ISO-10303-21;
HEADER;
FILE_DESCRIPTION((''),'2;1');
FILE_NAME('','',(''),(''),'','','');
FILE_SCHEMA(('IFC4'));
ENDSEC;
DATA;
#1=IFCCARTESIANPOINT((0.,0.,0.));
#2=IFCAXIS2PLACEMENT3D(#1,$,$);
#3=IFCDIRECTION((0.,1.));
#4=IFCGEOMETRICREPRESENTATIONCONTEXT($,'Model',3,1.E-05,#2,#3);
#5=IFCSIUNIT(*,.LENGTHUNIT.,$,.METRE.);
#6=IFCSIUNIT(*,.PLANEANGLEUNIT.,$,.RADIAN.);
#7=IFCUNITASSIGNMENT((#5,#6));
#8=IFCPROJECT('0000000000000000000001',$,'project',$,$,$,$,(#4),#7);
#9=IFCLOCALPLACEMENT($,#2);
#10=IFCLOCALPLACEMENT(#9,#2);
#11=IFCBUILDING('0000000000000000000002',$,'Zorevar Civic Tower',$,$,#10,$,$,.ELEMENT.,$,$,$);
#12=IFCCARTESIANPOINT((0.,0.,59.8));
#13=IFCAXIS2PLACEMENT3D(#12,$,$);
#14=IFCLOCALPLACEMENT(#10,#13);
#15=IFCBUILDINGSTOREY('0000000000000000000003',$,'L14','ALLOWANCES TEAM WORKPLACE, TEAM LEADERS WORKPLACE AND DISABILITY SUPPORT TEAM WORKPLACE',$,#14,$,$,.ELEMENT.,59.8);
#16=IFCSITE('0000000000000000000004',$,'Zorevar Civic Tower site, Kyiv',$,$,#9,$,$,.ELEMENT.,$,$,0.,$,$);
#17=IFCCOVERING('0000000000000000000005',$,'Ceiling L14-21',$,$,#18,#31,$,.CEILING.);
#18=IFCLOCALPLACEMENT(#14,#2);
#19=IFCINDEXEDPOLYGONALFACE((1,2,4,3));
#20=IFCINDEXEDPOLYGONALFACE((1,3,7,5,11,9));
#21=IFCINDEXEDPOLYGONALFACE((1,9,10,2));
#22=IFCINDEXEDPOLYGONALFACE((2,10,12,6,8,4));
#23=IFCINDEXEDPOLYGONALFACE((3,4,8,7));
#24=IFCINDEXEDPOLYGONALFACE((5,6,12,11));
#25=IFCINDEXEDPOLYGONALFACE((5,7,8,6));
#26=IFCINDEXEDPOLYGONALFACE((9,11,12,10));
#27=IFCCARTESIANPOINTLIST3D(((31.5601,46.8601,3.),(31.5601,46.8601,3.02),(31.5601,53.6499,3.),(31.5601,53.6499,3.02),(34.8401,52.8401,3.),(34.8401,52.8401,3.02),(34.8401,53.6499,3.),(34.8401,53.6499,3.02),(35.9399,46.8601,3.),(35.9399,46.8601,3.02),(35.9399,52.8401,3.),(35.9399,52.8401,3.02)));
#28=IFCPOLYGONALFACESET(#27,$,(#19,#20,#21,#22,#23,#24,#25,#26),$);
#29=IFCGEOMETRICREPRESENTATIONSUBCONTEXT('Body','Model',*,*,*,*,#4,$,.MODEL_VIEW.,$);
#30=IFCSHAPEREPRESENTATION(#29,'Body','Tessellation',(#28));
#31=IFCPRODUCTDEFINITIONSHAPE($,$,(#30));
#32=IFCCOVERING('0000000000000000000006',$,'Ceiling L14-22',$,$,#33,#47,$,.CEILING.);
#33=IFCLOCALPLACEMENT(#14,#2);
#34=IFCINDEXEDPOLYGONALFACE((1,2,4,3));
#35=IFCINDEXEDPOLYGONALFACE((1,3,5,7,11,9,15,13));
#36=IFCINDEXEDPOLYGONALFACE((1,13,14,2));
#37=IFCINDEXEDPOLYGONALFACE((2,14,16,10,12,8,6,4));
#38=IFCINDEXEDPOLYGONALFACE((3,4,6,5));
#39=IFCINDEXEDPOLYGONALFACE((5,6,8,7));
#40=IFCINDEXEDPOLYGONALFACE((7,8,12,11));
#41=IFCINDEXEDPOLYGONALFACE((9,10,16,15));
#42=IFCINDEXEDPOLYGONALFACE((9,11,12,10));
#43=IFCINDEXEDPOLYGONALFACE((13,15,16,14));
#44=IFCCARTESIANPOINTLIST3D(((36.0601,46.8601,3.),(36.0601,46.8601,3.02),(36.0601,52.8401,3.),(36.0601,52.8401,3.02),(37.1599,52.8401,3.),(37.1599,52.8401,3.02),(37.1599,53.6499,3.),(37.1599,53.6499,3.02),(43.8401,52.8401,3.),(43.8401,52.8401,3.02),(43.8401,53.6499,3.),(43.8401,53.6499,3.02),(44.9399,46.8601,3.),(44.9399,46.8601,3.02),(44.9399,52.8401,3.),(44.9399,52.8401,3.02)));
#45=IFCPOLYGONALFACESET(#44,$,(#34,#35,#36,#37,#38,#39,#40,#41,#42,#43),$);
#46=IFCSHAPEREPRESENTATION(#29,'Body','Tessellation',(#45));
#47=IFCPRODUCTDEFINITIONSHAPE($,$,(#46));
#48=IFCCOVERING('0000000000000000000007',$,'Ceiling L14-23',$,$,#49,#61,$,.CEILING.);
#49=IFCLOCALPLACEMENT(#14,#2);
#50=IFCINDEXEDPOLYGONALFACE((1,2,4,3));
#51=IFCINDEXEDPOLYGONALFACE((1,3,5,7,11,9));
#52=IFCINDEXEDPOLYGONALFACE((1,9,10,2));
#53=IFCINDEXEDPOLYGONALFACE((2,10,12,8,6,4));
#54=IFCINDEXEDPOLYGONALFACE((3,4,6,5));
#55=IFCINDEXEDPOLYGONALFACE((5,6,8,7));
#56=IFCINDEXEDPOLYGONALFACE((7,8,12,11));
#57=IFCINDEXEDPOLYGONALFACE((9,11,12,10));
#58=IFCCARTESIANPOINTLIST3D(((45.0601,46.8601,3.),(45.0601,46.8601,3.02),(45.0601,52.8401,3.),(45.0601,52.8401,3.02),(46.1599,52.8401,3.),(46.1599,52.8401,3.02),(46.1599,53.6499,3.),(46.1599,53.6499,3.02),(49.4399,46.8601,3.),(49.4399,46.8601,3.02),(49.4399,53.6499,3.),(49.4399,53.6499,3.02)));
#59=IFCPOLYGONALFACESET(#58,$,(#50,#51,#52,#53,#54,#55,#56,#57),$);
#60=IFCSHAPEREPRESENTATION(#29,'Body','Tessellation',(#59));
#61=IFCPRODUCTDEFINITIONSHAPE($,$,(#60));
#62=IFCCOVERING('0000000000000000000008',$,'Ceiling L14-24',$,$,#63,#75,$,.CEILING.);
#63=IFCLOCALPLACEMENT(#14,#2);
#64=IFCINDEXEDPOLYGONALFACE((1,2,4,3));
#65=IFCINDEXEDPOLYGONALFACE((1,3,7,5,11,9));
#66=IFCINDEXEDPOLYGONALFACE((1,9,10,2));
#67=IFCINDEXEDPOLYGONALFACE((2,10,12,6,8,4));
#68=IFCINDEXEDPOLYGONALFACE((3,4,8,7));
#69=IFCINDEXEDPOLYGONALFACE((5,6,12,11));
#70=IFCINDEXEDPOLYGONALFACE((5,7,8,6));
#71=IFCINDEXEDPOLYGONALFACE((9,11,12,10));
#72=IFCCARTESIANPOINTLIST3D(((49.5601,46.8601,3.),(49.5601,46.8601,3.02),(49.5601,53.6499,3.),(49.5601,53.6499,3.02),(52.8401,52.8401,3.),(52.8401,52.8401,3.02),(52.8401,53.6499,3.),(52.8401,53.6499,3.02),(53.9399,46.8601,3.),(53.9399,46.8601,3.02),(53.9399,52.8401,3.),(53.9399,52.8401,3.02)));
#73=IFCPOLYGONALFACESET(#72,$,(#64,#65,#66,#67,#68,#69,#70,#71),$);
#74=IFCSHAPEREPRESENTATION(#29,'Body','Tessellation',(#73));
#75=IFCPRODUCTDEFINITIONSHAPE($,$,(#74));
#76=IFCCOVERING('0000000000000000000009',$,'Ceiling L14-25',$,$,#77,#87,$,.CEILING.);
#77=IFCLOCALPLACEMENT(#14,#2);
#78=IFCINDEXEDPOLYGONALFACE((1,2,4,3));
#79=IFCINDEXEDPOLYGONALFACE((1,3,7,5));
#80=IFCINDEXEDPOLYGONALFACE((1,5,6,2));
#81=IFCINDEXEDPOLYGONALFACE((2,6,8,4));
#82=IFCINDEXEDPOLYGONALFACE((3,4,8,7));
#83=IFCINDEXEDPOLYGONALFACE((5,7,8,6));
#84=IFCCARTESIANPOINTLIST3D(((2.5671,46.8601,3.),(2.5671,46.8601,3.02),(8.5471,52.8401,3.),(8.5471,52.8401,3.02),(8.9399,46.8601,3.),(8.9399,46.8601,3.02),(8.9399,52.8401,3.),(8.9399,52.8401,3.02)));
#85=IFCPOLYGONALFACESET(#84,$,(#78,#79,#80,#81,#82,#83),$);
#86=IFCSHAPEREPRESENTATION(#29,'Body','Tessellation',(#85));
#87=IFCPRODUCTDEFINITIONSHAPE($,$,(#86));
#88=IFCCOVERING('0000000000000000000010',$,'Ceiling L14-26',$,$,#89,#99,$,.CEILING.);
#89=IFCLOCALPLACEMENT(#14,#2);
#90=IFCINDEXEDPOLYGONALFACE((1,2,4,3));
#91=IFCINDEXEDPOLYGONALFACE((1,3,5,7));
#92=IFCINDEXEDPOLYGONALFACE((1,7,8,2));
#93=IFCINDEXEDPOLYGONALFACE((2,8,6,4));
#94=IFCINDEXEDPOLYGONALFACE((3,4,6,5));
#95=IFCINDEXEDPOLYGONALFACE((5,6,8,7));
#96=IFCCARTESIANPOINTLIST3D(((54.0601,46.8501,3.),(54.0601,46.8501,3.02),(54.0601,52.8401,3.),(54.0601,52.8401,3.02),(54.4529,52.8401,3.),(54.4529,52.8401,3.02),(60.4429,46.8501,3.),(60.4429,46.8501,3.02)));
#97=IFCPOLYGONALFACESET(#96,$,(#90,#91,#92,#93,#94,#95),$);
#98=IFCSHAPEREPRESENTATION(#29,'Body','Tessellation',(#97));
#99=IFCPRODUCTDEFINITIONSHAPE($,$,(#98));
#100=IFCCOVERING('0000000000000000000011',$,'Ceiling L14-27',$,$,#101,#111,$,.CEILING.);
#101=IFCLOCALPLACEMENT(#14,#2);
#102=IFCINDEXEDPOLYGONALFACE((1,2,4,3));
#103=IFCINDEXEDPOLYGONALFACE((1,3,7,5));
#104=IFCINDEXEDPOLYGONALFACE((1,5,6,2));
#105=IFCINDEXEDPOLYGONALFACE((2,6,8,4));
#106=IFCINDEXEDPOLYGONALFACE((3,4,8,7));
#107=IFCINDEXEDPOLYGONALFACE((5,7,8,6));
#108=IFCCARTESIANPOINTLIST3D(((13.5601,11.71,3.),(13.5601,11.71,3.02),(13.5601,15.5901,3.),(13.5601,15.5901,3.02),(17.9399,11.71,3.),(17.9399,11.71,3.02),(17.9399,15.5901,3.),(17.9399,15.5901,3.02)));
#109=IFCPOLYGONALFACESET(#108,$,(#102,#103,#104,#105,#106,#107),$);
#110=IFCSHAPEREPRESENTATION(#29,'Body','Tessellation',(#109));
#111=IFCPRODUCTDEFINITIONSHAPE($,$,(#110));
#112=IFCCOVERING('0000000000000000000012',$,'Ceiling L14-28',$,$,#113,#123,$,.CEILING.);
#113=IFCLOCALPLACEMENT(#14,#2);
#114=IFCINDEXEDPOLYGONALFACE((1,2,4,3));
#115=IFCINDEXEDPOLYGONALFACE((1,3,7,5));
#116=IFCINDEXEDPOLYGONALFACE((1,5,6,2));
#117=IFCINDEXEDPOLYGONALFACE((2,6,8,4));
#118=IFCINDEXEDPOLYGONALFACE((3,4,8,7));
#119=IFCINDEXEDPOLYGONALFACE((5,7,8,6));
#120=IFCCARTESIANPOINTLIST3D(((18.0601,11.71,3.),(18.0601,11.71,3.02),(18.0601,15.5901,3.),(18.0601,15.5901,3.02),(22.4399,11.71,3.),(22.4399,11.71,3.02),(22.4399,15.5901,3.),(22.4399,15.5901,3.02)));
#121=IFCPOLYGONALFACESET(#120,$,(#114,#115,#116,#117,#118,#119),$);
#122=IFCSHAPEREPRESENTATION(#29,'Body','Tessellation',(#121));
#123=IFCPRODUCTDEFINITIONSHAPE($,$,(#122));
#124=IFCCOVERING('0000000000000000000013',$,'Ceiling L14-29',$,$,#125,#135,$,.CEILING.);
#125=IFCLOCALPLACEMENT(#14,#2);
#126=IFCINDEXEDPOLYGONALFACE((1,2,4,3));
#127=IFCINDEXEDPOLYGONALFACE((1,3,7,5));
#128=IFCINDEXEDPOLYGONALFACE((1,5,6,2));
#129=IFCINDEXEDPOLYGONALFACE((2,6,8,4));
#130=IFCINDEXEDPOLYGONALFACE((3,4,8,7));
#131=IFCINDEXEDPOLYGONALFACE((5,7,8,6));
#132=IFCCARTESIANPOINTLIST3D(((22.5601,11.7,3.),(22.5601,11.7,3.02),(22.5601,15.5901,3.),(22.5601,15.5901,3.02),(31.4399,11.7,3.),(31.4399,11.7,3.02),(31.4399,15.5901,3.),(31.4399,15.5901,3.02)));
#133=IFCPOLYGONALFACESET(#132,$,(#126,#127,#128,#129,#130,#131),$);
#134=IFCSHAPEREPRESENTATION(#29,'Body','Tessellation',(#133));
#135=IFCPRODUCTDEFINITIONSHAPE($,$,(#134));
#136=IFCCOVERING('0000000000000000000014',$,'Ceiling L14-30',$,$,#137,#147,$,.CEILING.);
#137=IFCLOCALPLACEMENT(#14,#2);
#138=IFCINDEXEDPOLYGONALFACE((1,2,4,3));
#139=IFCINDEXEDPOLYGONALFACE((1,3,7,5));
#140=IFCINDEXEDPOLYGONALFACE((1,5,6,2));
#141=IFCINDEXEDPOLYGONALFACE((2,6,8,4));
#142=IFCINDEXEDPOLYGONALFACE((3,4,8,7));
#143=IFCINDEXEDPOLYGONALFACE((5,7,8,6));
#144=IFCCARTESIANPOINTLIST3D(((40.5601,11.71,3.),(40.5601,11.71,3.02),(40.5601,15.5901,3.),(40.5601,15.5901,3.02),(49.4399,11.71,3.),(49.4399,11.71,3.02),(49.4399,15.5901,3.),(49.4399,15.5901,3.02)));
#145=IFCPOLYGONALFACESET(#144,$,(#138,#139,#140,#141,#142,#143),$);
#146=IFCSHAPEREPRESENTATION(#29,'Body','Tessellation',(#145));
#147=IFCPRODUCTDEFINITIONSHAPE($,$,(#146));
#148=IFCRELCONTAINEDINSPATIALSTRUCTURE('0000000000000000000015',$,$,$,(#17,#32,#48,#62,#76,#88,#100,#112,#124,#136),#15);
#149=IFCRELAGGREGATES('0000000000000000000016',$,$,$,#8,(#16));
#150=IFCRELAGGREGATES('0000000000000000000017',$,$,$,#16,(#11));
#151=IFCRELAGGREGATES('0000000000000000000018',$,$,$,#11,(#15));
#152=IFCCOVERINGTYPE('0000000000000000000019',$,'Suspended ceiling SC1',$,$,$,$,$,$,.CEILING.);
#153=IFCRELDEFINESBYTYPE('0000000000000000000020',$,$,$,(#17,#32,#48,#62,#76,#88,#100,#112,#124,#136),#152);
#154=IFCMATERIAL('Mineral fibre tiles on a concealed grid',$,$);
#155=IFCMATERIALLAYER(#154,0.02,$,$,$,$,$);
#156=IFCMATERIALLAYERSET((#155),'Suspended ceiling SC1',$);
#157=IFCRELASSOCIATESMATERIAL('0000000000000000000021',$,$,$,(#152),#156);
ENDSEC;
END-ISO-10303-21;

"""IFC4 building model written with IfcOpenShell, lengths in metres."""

from ifc_helpers import new_model, si_unit, direction, frame, origin, place, context, subcontext, project, spatial, polyline, outline, extrude, material, layer, layer_set, type_object, element, save


model = new_model("IFC4")

# Units and contexts
model_context = context("Model", 3, precision=1e-05, world=origin(), true_north=direction((0.0, 1.0)))
body_context = subcontext(model_context, "Body", "Model", "MODEL_VIEW")
ifc_project = project(units=[si_unit("LENGTHUNIT", "METRE"), si_unit("PLANEANGLEUNIT", "RADIAN")], contexts=[model_context])

# Site, building, storey
site_placement = place(None, origin())
site = spatial("IfcSite", under=ifc_project, at=site_placement, Name="Zorevar Civic Tower site, Kyiv", CompositionType="ELEMENT", RefElevation=0.0)
building_placement = place(site_placement, origin())
building = spatial("IfcBuilding", under=site, at=building_placement, Name="Zorevar Civic Tower", CompositionType="ELEMENT")
storey_placement = place(building_placement, frame((0.0, 0.0, 59.8)))
storey = spatial("IfcBuildingStorey", under=building, at=storey_placement, Name="L14", Description="ALLOWANCES TEAM WORKPLACE, TEAM LEADERS WORKPLACE AND DISABILITY SUPPORT TEAM WORKPLACE", CompositionType="ELEMENT", Elevation=59.8)

# Coverings
ifc_material_1 = material(Name="Mineral fibre tiles on a concealed grid")
ifc_layer_1 = layer(ifc_material_1, 0.02)
ifc_layer_set_1 = layer_set([ifc_layer_1], Name="Suspended ceiling SC1")
covering_type_1 = type_object("IfcCoveringType", Name="Suspended ceiling SC1", PredefinedType="CEILING", material=ifc_layer_set_1)
covering_1_placement = place(storey_placement, frame((0.0, 0.0, 3.0)))
element("IfcCovering", 1, at=covering_1_placement, inside=storey, type_object=covering_type_1, Name="Ceiling L14-21", PredefinedType="CEILING", context=body_context, shape_type="SweptSolid", body=[
    extrude(outline(polyline([(31.5601, 46.8601), (31.5601, 53.6499), (34.8401, 53.6499), (34.8401, 52.8401), (35.9399, 52.8401), (35.9399, 46.8601), (31.5601, 46.8601)])), origin(), (0.0, 0.0, 1.0), 0.02),
])
covering_2_placement = place(storey_placement, frame((0.0, 0.0, 3.0)))
element("IfcCovering", 2, at=covering_2_placement, inside=storey, type_object=covering_type_1, Name="Ceiling L14-22", PredefinedType="CEILING", context=body_context, shape_type="SweptSolid", body=[
    extrude(outline(polyline([(37.1599, 52.8401), (37.1599, 53.6499), (43.8401, 53.6499), (43.8401, 52.8401), (44.9399, 52.8401), (44.9399, 46.8601), (36.0601, 46.8601), (36.0601, 52.8401), (37.1599, 52.8401)])), origin(), (0.0, 0.0, 1.0), 0.02),
])
covering_3_placement = place(storey_placement, frame((0.0, 0.0, 3.0)))
element("IfcCovering", 3, at=covering_3_placement, inside=storey, type_object=covering_type_1, Name="Ceiling L14-23", PredefinedType="CEILING", context=body_context, shape_type="SweptSolid", body=[
    extrude(outline(polyline([(45.0601, 46.8601), (45.0601, 52.8401), (46.1599, 52.8401), (46.1599, 53.6499), (49.4399, 53.6499), (49.4399, 46.8601), (45.0601, 46.8601)])), origin(), (0.0, 0.0, 1.0), 0.02),
])
covering_4_placement = place(storey_placement, frame((0.0, 0.0, 3.0)))
element("IfcCovering", 4, at=covering_4_placement, inside=storey, type_object=covering_type_1, Name="Ceiling L14-24", PredefinedType="CEILING", context=body_context, shape_type="SweptSolid", body=[
    extrude(outline(polyline([(49.5601, 46.8601), (49.5601, 53.6499), (52.8401, 53.6499), (52.8401, 52.8401), (53.9399, 52.8401), (53.9399, 46.8601), (49.5601, 46.8601)])), origin(), (0.0, 0.0, 1.0), 0.02),
])
covering_5_placement = place(storey_placement, frame((0.0, 0.0, 3.0)))
element("IfcCovering", 5, at=covering_5_placement, inside=storey, type_object=covering_type_1, Name="Ceiling L14-25", PredefinedType="CEILING", context=body_context, shape_type="SweptSolid", body=[
    extrude(outline(polyline([(8.9399, 52.8401), (8.9399, 46.8601), (2.5671, 46.8601), (8.5471, 52.8401), (8.9399, 52.8401)])), origin(), (0.0, 0.0, 1.0), 0.02),
])
covering_6_placement = place(storey_placement, frame((0.0, 0.0, 3.0)))
element("IfcCovering", 6, at=covering_6_placement, inside=storey, type_object=covering_type_1, Name="Ceiling L14-26", PredefinedType="CEILING", context=body_context, shape_type="SweptSolid", body=[
    extrude(outline(polyline([(54.0601, 46.8501), (54.0601, 52.8401), (54.4529, 52.8401), (60.4429, 46.8501), (54.0601, 46.8501)])), origin(), (0.0, 0.0, 1.0), 0.02),
])
covering_7_placement = place(storey_placement, frame((0.0, 0.0, 3.0)))
element("IfcCovering", 7, at=covering_7_placement, inside=storey, type_object=covering_type_1, Name="Ceiling L14-27", PredefinedType="CEILING", context=body_context, shape_type="SweptSolid", body=[
    extrude(outline(polyline([(17.9399, 11.71), (13.5601, 11.71), (13.5601, 15.5901), (17.9399, 15.5901), (17.9399, 11.71)])), origin(), (0.0, 0.0, 1.0), 0.02),
])
covering_8_placement = place(storey_placement, frame((0.0, 0.0, 3.0)))
element("IfcCovering", 8, at=covering_8_placement, inside=storey, type_object=covering_type_1, Name="Ceiling L14-28", PredefinedType="CEILING", context=body_context, shape_type="SweptSolid", body=[
    extrude(outline(polyline([(22.4399, 11.71), (18.0601, 11.71), (18.0601, 15.5901), (22.4399, 15.5901), (22.4399, 11.71)])), origin(), (0.0, 0.0, 1.0), 0.02),
])
covering_9_placement = place(storey_placement, frame((0.0, 0.0, 3.0)))
element("IfcCovering", 9, at=covering_9_placement, inside=storey, type_object=covering_type_1, Name="Ceiling L14-29", PredefinedType="CEILING", context=body_context, shape_type="SweptSolid", body=[
    extrude(outline(polyline([(22.5601, 11.7), (22.5601, 15.5901), (31.4399, 15.5901), (31.4399, 11.7), (22.5601, 11.7)])), origin(), (0.0, 0.0, 1.0), 0.02),
])
covering_10_placement = place(storey_placement, frame((0.0, 0.0, 3.0)))
element("IfcCovering", 10, at=covering_10_placement, inside=storey, type_object=covering_type_1, Name="Ceiling L14-30", PredefinedType="CEILING", context=body_context, shape_type="SweptSolid", body=[
    extrude(outline(polyline([(49.4399, 15.5901), (49.4399, 11.71), (40.5601, 11.71), (40.5601, 15.5901), (49.4399, 15.5901)])), origin(), (0.0, 0.0, 1.0), 0.02),
])

save(model, "model.ifc")
